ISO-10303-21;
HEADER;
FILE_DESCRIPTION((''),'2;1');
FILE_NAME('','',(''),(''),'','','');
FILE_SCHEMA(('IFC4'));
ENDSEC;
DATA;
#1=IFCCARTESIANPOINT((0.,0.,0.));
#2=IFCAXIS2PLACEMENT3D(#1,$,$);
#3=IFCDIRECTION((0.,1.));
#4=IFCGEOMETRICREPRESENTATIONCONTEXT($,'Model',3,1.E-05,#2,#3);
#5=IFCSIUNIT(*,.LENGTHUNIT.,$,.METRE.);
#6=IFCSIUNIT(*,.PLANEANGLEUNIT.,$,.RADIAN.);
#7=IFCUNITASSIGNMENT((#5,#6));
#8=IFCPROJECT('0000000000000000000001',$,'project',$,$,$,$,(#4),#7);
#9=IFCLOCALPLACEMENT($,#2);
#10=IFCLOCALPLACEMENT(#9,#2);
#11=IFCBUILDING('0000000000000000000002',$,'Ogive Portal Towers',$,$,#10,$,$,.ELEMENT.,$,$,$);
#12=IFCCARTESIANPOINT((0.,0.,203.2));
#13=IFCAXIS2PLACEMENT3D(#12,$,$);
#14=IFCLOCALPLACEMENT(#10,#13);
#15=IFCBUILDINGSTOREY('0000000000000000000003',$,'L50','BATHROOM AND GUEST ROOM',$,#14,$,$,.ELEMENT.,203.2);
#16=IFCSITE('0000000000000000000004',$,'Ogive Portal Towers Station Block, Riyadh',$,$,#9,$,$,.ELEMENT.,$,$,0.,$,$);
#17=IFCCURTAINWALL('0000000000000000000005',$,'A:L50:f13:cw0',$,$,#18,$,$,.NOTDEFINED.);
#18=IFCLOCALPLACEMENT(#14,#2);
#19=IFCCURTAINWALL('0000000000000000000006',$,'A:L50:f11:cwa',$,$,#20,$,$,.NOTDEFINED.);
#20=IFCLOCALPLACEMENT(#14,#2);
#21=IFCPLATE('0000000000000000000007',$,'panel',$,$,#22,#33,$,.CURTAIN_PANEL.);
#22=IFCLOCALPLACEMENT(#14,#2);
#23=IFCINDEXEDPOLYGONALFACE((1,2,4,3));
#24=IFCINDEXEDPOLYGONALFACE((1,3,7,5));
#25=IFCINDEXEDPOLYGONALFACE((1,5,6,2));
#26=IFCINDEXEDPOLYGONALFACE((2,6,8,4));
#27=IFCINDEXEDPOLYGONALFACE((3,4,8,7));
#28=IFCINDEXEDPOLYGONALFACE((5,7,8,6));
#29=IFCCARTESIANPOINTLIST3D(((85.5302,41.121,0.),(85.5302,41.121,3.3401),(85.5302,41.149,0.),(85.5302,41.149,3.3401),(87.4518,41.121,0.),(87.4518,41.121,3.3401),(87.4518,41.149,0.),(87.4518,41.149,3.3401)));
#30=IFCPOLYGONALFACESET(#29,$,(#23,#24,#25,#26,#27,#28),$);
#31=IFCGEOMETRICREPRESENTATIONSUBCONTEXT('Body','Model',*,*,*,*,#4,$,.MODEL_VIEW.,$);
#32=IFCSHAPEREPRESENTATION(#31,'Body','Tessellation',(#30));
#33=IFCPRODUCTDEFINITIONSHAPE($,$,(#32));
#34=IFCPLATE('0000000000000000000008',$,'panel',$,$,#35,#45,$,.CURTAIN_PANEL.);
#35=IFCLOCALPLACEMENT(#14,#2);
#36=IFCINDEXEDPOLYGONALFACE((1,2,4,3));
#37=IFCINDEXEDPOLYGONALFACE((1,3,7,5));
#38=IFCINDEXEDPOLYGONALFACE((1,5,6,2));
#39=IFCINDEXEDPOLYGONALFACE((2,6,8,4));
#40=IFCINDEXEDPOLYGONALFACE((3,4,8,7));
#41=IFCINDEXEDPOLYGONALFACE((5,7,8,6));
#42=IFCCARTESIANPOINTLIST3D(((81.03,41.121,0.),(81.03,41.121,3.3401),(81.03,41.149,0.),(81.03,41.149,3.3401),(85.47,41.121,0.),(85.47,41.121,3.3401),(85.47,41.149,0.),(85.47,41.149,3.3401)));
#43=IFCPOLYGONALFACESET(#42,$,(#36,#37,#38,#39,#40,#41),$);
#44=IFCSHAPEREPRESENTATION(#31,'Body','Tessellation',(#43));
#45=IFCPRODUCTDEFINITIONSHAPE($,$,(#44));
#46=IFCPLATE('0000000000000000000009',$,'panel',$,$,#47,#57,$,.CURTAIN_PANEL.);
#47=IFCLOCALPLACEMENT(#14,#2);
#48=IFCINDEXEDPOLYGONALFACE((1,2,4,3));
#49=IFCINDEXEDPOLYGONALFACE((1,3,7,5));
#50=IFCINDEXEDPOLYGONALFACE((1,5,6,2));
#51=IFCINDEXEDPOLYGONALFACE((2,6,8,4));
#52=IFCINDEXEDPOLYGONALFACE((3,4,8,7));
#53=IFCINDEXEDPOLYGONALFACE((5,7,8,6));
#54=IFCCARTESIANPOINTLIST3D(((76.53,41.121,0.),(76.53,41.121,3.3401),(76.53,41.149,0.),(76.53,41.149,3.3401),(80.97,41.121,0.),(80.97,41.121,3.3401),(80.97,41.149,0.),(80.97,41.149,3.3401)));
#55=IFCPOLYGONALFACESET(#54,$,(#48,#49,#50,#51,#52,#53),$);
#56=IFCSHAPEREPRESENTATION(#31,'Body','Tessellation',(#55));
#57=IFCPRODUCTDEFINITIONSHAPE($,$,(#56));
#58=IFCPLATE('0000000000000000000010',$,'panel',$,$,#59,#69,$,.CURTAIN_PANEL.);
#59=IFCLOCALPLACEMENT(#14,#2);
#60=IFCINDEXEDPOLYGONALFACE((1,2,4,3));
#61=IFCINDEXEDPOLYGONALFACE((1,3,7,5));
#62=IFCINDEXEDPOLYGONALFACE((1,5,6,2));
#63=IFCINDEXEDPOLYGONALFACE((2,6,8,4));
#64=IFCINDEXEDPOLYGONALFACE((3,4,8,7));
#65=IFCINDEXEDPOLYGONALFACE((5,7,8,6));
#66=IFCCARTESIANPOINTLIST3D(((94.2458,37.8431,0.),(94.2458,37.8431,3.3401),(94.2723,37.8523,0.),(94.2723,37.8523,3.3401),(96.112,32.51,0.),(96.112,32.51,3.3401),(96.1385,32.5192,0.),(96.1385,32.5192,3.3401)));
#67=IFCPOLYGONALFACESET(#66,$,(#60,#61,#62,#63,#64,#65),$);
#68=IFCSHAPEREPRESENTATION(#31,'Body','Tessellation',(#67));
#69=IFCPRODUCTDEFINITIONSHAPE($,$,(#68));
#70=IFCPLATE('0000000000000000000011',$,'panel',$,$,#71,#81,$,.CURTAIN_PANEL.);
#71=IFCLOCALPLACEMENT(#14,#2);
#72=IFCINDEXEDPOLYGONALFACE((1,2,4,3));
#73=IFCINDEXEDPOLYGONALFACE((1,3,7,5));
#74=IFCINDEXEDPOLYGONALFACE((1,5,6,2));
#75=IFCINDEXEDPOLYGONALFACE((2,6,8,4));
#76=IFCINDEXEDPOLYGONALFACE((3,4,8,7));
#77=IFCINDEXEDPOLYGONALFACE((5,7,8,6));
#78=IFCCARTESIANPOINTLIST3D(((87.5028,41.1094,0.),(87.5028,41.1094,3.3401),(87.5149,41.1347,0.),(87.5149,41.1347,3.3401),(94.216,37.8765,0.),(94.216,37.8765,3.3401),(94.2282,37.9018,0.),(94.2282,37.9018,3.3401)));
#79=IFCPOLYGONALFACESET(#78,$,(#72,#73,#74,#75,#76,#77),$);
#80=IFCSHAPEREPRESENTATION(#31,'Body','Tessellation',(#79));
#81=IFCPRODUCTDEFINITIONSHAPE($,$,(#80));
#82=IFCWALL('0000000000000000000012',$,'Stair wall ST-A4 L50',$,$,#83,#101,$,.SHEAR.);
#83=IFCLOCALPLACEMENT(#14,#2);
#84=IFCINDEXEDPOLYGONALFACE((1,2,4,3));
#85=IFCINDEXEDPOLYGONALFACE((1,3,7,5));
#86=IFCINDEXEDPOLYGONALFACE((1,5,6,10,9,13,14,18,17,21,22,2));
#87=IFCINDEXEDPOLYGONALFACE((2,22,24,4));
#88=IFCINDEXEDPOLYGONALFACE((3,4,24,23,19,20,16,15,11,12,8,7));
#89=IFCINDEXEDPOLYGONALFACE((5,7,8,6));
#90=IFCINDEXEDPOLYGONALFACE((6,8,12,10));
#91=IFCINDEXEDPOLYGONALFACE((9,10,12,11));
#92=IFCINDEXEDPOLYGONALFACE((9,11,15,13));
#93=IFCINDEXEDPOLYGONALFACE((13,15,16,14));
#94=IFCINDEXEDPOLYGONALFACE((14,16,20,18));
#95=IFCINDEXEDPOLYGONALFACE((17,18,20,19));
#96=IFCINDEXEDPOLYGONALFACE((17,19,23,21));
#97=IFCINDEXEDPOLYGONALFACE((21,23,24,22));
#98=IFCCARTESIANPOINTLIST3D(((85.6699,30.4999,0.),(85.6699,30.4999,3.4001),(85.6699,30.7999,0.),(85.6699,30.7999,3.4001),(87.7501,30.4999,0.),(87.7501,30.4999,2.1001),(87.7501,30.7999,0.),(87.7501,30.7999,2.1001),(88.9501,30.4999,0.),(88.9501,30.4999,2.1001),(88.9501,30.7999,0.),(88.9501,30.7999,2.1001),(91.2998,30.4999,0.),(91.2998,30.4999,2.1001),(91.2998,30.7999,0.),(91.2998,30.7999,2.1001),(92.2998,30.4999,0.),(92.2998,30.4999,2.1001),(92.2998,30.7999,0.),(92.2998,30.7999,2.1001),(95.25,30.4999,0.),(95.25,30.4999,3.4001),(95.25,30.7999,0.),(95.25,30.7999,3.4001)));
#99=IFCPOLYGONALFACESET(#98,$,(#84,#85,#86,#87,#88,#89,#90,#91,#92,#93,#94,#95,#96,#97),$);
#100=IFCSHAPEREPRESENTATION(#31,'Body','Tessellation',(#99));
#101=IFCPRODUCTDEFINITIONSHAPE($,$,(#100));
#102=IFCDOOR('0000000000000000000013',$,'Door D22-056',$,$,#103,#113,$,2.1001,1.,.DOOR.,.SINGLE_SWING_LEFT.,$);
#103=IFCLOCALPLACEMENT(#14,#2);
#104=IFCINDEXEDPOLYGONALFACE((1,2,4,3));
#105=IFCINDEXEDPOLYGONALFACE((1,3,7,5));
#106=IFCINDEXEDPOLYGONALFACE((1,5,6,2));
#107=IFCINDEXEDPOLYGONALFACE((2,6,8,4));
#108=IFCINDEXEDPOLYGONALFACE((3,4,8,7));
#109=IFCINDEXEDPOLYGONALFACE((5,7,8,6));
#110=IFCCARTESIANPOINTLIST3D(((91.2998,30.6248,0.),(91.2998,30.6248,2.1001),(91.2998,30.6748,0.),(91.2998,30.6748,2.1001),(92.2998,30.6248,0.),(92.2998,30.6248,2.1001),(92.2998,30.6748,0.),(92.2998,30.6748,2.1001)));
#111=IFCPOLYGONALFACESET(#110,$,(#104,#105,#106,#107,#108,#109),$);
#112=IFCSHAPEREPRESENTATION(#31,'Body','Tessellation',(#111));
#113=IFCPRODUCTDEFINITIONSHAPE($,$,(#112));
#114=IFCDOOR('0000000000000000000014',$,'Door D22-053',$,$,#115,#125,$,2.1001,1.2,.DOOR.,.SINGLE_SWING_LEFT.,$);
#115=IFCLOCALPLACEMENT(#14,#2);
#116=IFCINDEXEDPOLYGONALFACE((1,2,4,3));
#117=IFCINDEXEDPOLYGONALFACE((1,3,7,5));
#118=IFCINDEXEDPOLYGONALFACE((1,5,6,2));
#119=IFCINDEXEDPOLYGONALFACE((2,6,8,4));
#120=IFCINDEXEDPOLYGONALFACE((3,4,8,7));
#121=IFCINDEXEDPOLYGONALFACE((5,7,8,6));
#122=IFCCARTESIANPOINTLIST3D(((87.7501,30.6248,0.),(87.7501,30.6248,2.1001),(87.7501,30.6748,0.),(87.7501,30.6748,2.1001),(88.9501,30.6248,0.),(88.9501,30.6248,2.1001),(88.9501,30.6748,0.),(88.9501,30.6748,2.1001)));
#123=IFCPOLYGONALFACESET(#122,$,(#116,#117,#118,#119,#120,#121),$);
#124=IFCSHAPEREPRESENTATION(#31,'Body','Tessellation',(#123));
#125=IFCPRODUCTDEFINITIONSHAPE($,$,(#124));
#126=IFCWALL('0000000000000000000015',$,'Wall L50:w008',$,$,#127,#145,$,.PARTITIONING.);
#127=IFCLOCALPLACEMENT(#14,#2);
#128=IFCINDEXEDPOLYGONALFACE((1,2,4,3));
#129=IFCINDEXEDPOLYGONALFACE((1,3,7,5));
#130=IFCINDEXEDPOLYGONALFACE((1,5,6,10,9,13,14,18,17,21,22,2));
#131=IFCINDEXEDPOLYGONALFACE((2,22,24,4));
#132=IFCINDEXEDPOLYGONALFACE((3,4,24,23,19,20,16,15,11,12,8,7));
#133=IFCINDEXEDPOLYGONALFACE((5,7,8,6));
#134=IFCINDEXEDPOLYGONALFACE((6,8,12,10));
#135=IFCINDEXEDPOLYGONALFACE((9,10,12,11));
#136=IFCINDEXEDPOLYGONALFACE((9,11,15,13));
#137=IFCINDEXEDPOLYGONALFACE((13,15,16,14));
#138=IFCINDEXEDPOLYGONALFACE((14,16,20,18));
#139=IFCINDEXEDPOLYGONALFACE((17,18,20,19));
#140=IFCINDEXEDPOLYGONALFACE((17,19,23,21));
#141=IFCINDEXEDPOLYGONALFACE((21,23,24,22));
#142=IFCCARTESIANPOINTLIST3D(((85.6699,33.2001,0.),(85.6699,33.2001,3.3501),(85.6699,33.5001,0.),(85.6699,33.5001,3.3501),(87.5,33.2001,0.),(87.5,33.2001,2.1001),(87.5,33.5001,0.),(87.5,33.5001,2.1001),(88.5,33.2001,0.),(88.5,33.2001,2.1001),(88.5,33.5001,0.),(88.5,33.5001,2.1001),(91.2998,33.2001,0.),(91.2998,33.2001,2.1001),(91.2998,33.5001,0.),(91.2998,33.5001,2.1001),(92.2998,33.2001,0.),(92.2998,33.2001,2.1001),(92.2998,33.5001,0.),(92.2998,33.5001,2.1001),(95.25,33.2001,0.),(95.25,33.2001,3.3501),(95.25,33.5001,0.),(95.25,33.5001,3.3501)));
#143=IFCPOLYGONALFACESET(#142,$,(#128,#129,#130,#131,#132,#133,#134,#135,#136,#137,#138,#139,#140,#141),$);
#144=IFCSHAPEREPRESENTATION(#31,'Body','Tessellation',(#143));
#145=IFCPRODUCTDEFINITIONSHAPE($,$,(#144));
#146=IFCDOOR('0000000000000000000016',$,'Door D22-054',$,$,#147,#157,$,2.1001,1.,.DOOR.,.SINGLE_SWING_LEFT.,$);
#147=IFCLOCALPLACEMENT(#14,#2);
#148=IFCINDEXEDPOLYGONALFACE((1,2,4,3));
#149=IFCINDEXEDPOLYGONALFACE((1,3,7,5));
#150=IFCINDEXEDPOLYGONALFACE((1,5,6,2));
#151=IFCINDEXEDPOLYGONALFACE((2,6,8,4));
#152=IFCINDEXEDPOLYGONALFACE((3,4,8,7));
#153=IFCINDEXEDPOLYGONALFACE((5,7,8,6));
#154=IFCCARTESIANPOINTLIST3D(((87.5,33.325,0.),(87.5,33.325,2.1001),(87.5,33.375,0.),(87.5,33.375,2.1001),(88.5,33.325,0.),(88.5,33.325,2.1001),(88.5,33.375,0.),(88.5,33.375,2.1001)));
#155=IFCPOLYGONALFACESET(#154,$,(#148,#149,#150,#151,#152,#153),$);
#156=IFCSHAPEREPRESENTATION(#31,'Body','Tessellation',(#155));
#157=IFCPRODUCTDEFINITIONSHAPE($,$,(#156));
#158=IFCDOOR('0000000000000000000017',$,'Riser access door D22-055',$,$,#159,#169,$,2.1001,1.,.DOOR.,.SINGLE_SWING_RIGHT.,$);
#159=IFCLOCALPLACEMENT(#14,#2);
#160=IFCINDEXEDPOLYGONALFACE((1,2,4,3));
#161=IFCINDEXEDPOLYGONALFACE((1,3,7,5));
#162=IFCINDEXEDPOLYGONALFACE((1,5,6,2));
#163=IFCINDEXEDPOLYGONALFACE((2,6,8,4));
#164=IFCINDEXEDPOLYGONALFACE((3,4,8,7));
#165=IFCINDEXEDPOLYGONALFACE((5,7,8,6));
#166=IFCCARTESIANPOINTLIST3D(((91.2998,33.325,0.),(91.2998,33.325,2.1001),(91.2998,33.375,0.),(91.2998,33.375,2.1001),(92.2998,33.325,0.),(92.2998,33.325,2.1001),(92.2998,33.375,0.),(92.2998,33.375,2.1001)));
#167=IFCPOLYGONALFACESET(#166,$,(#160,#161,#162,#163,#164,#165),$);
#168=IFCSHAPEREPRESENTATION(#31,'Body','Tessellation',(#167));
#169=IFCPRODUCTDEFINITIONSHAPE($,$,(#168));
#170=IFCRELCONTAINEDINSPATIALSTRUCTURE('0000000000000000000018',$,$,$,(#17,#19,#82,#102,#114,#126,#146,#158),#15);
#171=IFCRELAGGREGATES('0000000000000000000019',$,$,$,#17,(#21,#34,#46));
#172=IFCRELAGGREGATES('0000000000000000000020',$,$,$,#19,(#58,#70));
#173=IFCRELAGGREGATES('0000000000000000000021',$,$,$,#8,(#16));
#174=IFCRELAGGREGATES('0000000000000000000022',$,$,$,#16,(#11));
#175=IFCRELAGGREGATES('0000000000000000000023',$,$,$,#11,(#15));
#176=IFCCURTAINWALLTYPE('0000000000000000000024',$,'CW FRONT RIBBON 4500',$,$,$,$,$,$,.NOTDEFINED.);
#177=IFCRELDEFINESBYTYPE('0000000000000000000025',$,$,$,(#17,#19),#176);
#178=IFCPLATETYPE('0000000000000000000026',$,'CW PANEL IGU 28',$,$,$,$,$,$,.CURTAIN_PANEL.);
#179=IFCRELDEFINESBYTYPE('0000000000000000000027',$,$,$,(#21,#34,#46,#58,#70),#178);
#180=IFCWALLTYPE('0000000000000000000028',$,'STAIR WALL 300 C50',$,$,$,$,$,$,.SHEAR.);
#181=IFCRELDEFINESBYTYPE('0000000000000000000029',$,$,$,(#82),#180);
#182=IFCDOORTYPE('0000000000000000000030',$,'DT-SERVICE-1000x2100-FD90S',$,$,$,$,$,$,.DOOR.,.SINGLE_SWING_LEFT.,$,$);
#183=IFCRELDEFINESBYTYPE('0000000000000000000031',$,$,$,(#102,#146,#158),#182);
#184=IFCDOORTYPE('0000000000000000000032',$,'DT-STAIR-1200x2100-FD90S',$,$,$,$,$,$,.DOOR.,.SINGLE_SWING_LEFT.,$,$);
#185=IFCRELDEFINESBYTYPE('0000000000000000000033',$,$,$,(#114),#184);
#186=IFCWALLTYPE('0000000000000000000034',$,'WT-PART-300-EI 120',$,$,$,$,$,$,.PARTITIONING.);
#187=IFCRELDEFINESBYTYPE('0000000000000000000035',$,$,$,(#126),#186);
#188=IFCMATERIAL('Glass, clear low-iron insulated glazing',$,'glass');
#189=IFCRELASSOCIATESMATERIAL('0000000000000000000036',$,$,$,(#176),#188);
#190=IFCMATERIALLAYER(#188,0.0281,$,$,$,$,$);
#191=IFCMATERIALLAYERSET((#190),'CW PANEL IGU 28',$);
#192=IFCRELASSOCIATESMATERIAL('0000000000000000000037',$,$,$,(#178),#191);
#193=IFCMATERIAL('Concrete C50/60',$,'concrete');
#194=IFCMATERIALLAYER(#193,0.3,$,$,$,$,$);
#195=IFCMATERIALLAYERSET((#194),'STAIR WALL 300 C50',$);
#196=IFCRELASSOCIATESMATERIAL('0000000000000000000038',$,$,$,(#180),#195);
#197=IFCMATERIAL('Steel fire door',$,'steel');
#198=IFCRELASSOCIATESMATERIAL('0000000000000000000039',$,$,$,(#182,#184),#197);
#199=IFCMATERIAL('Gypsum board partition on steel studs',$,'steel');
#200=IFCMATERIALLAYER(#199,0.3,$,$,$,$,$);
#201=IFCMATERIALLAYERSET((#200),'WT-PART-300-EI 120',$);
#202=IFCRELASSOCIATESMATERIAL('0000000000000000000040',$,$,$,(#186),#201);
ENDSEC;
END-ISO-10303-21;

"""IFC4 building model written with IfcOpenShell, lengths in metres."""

from ifc_helpers import new_model, si_unit, direction, frame, frame_2d, origin, origin_2d, place, context, subcontext, project, spatial, rectangle, extrude, material, layer, layer_set, type_object, element, fill, aggregate, save


model = new_model("IFC4")

# Units and contexts
model_context = context("Model", 3, precision=1e-05, world=origin(), true_north=direction((0.0, 1.0)))
body_context = subcontext(model_context, "Body", "Model", "MODEL_VIEW")
ifc_project = project(units=[si_unit("LENGTHUNIT", "METRE"), si_unit("PLANEANGLEUNIT", "RADIAN")], contexts=[model_context])

# Site, building, storey
site_placement = place(None, origin())
site = spatial("IfcSite", under=ifc_project, at=site_placement, Name="Ogive Portal Towers Station Block, Riyadh", CompositionType="ELEMENT", RefElevation=0.0)
building_placement = place(site_placement, origin())
building = spatial("IfcBuilding", under=site, at=building_placement, Name="Ogive Portal Towers", CompositionType="ELEMENT")
storey_placement = place(building_placement, frame((0.0, 0.0, 203.2)))
storey = spatial("IfcBuildingStorey", under=building, at=storey_placement, Name="L50", Description="BATHROOM AND GUEST ROOM", CompositionType="ELEMENT", Elevation=203.2)

# Curtain wall
ifc_material_1 = material(Name="Glass, clear low-iron insulated glazing", Category="glass")
curtain_wall_type = type_object("IfcCurtainWallType", Name="CW FRONT RIBBON 4500", PredefinedType="NOTDEFINED", material=ifc_material_1)
curtain_wall_1_placement = place(storey_placement, origin())
curtain_wall_1 = element("IfcCurtainWall", 1, at=curtain_wall_1_placement, inside=storey, type_object=curtain_wall_type, Name="A:L50:f13:cw0", PredefinedType="NOTDEFINED")

# Curtain wall
curtain_wall_2_placement = place(storey_placement, origin())
curtain_wall_2 = element("IfcCurtainWall", 2, at=curtain_wall_2_placement, inside=storey, type_object=curtain_wall_type, Name="A:L50:f11:cwa", PredefinedType="NOTDEFINED")

# Plates
ifc_layer_1 = layer(ifc_material_1, 0.0281)
ifc_layer_set_1 = layer_set([ifc_layer_1], Name="CW PANEL IGU 28")
plate_type = type_object("IfcPlateType", Name="CW PANEL IGU 28", PredefinedType="CURTAIN_PANEL", material=ifc_layer_set_1)
plate_1_placement = place(storey_placement, frame((86.491, 41.135, 0.0), z_axis=(0.0, 0.0, 1.0), x_axis=(-1.0, 0.0, 0.0)))
plate_1 = element("IfcPlate", 3, at=plate_1_placement, type_object=plate_type, Name="panel", PredefinedType="CURTAIN_PANEL", context=body_context, shape_type="SweptSolid", body=[
    extrude(rectangle(XDim=1.9216, YDim=0.0281, at=origin_2d()), origin(), (0.0, 0.0, 1.0), 3.3401),
])
plate_2_placement = place(storey_placement, frame((83.25, 41.135, 0.0), z_axis=(0.0, 0.0, 1.0), x_axis=(-1.0, 0.0, 0.0)))
plate_2 = element("IfcPlate", 4, at=plate_2_placement, type_object=plate_type, Name="panel", PredefinedType="CURTAIN_PANEL", context=body_context, shape_type="SweptSolid", body=[
    extrude(rectangle(XDim=4.4399, YDim=0.0281, at=origin_2d()), origin(), (0.0, 0.0, 1.0), 3.3401),
])
plate_3_placement = place(storey_placement, frame((78.75, 41.135, 0.0), z_axis=(0.0, 0.0, 1.0), x_axis=(-1.0, 0.0, 0.0)))
plate_3 = element("IfcPlate", 5, at=plate_3_placement, type_object=plate_type, Name="panel", PredefinedType="CURTAIN_PANEL", context=body_context, shape_type="SweptSolid", body=[
    extrude(rectangle(XDim=4.4399, YDim=0.0281, at=origin_2d()), origin(), (0.0, 0.0, 1.0), 3.3401),
])
aggregate(curtain_wall_1, [plate_1, plate_2, plate_3])
plate_4_placement = place(storey_placement, frame((95.1921, 35.1812, 0.0), z_axis=(0.0, 0.0, 1.0), x_axis=(-0.330279, 0.943883, 0.0)))
plate_4 = element("IfcPlate", 6, at=plate_4_placement, type_object=plate_type, Name="panel", PredefinedType="CURTAIN_PANEL", context=body_context, shape_type="SweptSolid", body=[
    extrude(rectangle(XDim=5.6501, YDim=0.0281, at=origin_2d()), origin(), (0.0, 0.0, 1.0), 3.3401),
])
plate_5_placement = place(storey_placement, frame((90.8655, 39.5056, 0.0), z_axis=(0.0, 0.0, 1.0), x_axis=(-0.900969, 0.433884, 0.0)))
plate_5 = element("IfcPlate", 7, at=plate_5_placement, type_object=plate_type, Name="panel", PredefinedType="CURTAIN_PANEL", context=body_context, shape_type="SweptSolid", body=[
    extrude(rectangle(XDim=7.4512, YDim=0.0281, at=origin_2d()), origin(), (0.0, 0.0, 1.0), 3.3401),
])
aggregate(curtain_wall_2, [plate_4, plate_5])

# Walls, openings, doors
ifc_material_2 = material(Name="Concrete C50/60", Category="concrete")
ifc_layer_2 = layer(ifc_material_2, 0.3)
ifc_layer_set_2 = layer_set([ifc_layer_2], Name="STAIR WALL 300 C50")
wall_type_1 = type_object("IfcWallType", Name="STAIR WALL 300 C50", PredefinedType="SHEAR", material=ifc_layer_set_2)
wall_1_placement = place(storey_placement, frame((85.6699, 30.6499, 0.0), z_axis=(0.0, 0.0, 1.0), x_axis=(1.0, 0.0, 0.0)))
wall_1 = element("IfcWall", 8, at=wall_1_placement, inside=storey, type_object=wall_type_1, Name="Stair wall ST-A4 L50", PredefinedType="SHEAR", context=body_context, shape_type="SweptSolid", body=[
    extrude(rectangle(XDim=9.5801, YDim=0.3, at=frame_2d((4.79, 0.0))), origin(), (0.0, 0.0, 1.0), 3.4001),
])
opening_1_placement = place(wall_1_placement, frame((2.0801, 0.0, 0.0)))
opening_1 = element("IfcOpeningElement", 9, at=opening_1_placement, cuts=wall_1, PredefinedType="OPENING", context=body_context, shape_type="SweptSolid", body=[
    extrude(rectangle(XDim=1.2, YDim=2.1001, at=frame_2d((0.6001, 1.05))), frame((0.0, 0.1602, 0.0), z_axis=(0.0, -1.0, 0.0), x_axis=(1.0, 0.0, 0.0)), (0.0, 0.0, 1.0), 0.3201),
])
opening_2_placement = place(wall_1_placement, frame((5.6299, 0.0, 0.0)))
opening_2 = element("IfcOpeningElement", 10, at=opening_2_placement, cuts=wall_1, PredefinedType="OPENING", context=body_context, shape_type="SweptSolid", body=[
    extrude(rectangle(XDim=1.0, YDim=2.1001, at=frame_2d((0.5, 1.05))), frame((0.0, 0.1602, 0.0), z_axis=(0.0, -1.0, 0.0), x_axis=(1.0, 0.0, 0.0)), (0.0, 0.0, 1.0), 0.3201),
])
ifc_material_3 = material(Name="Steel fire door", Category="steel")
door_type_1 = type_object("IfcDoorType", Name="DT-SERVICE-1000x2100-FD90S", OperationType="SINGLE_SWING_LEFT", PredefinedType="DOOR", material=ifc_material_3)
door_1_placement = place(opening_2_placement, origin())
door_1 = element("IfcDoor", 11, at=door_1_placement, inside=storey, type_object=door_type_1, Name="Door D22-056", OperationType="SINGLE_SWING_LEFT", OverallHeight=2.1001, OverallWidth=1.0, PredefinedType="DOOR", context=body_context, shape_type="SweptSolid", body=[
    extrude(rectangle(XDim=1.0, YDim=2.1001, at=frame_2d((0.5, 1.05))), frame((0.0, 0.0249, 0.0), z_axis=(0.0, -1.0, 0.0), x_axis=(1.0, 0.0, 0.0)), (0.0, 0.0, 1.0), 0.05),
])
fill(opening_2, door_1)
door_type_2 = type_object("IfcDoorType", Name="DT-STAIR-1200x2100-FD90S", OperationType="SINGLE_SWING_LEFT", PredefinedType="DOOR", material=ifc_material_3)
door_2_placement = place(opening_1_placement, origin())
door_2 = element("IfcDoor", 12, at=door_2_placement, inside=storey, type_object=door_type_2, Name="Door D22-053", OperationType="SINGLE_SWING_LEFT", OverallHeight=2.1001, OverallWidth=1.2, PredefinedType="DOOR", context=body_context, shape_type="SweptSolid", body=[
    extrude(rectangle(XDim=1.2, YDim=2.1001, at=frame_2d((0.6001, 1.05))), frame((0.0, 0.0249, 0.0), z_axis=(0.0, -1.0, 0.0), x_axis=(1.0, 0.0, 0.0)), (0.0, 0.0, 1.0), 0.05),
])
fill(opening_1, door_2)
ifc_material_4 = material(Name="Gypsum board partition on steel studs", Category="steel")
ifc_layer_3 = layer(ifc_material_4, 0.3)
ifc_layer_set_3 = layer_set([ifc_layer_3], Name="WT-PART-300-EI 120")
wall_type_2 = type_object("IfcWallType", Name="WT-PART-300-EI 120", PredefinedType="PARTITIONING", material=ifc_layer_set_3)
wall_2_placement = place(storey_placement, frame((85.6699, 33.3501, 0.0), z_axis=(0.0, 0.0, 1.0), x_axis=(1.0, 0.0, 0.0)))
wall_2 = element("IfcWall", 13, at=wall_2_placement, inside=storey, type_object=wall_type_2, Name="Wall L50:w008", PredefinedType="PARTITIONING", context=body_context, shape_type="SweptSolid", body=[
    extrude(rectangle(XDim=9.5801, YDim=0.3, at=frame_2d((4.79, 0.0))), origin(), (0.0, 0.0, 1.0), 3.3501),
])
opening_3_placement = place(wall_2_placement, frame((1.8301, 0.0, 0.0)))
opening_3 = element("IfcOpeningElement", 14, at=opening_3_placement, cuts=wall_2, PredefinedType="OPENING", context=body_context, shape_type="SweptSolid", body=[
    extrude(rectangle(XDim=1.0, YDim=2.1001, at=frame_2d((0.5, 1.05))), frame((0.0, 0.1602, 0.0), z_axis=(0.0, -1.0, 0.0), x_axis=(1.0, 0.0, 0.0)), (0.0, 0.0, 1.0), 0.3201),
])
opening_4_placement = place(wall_2_placement, frame((5.6299, 0.0, 0.0)))
opening_4 = element("IfcOpeningElement", 15, at=opening_4_placement, cuts=wall_2, PredefinedType="OPENING", context=body_context, shape_type="SweptSolid", body=[
    extrude(rectangle(XDim=1.0, YDim=2.1001, at=frame_2d((0.5, 1.05))), frame((0.0, 0.1602, 0.0), z_axis=(0.0, -1.0, 0.0), x_axis=(1.0, 0.0, 0.0)), (0.0, 0.0, 1.0), 0.3201),
])
door_3_placement = place(opening_3_placement, origin())
door_3 = element("IfcDoor", 16, at=door_3_placement, inside=storey, type_object=door_type_1, Name="Door D22-054", OperationType="SINGLE_SWING_LEFT", OverallHeight=2.1001, OverallWidth=1.0, PredefinedType="DOOR", context=body_context, shape_type="SweptSolid", body=[
    extrude(rectangle(XDim=1.0, YDim=2.1001, at=frame_2d((0.5, 1.05))), frame((0.0, 0.0249, 0.0), z_axis=(0.0, -1.0, 0.0), x_axis=(1.0, 0.0, 0.0)), (0.0, 0.0, 1.0), 0.05),
])
fill(opening_3, door_3)
door_4_placement = place(opening_4_placement, origin())
door_4 = element("IfcDoor", 17, at=door_4_placement, inside=storey, type_object=door_type_1, Name="Riser access door D22-055", OperationType="SINGLE_SWING_RIGHT", OverallHeight=2.1001, OverallWidth=1.0, PredefinedType="DOOR", context=body_context, shape_type="SweptSolid", body=[
    extrude(rectangle(XDim=1.0, YDim=2.1001, at=frame_2d((0.5, 1.05))), frame((0.0, 0.0249, 0.0), z_axis=(0.0, -1.0, 0.0), x_axis=(1.0, 0.0, 0.0)), (0.0, 0.0, 1.0), 0.05),
])
fill(opening_4, door_4)

save(model, "model.ifc")
